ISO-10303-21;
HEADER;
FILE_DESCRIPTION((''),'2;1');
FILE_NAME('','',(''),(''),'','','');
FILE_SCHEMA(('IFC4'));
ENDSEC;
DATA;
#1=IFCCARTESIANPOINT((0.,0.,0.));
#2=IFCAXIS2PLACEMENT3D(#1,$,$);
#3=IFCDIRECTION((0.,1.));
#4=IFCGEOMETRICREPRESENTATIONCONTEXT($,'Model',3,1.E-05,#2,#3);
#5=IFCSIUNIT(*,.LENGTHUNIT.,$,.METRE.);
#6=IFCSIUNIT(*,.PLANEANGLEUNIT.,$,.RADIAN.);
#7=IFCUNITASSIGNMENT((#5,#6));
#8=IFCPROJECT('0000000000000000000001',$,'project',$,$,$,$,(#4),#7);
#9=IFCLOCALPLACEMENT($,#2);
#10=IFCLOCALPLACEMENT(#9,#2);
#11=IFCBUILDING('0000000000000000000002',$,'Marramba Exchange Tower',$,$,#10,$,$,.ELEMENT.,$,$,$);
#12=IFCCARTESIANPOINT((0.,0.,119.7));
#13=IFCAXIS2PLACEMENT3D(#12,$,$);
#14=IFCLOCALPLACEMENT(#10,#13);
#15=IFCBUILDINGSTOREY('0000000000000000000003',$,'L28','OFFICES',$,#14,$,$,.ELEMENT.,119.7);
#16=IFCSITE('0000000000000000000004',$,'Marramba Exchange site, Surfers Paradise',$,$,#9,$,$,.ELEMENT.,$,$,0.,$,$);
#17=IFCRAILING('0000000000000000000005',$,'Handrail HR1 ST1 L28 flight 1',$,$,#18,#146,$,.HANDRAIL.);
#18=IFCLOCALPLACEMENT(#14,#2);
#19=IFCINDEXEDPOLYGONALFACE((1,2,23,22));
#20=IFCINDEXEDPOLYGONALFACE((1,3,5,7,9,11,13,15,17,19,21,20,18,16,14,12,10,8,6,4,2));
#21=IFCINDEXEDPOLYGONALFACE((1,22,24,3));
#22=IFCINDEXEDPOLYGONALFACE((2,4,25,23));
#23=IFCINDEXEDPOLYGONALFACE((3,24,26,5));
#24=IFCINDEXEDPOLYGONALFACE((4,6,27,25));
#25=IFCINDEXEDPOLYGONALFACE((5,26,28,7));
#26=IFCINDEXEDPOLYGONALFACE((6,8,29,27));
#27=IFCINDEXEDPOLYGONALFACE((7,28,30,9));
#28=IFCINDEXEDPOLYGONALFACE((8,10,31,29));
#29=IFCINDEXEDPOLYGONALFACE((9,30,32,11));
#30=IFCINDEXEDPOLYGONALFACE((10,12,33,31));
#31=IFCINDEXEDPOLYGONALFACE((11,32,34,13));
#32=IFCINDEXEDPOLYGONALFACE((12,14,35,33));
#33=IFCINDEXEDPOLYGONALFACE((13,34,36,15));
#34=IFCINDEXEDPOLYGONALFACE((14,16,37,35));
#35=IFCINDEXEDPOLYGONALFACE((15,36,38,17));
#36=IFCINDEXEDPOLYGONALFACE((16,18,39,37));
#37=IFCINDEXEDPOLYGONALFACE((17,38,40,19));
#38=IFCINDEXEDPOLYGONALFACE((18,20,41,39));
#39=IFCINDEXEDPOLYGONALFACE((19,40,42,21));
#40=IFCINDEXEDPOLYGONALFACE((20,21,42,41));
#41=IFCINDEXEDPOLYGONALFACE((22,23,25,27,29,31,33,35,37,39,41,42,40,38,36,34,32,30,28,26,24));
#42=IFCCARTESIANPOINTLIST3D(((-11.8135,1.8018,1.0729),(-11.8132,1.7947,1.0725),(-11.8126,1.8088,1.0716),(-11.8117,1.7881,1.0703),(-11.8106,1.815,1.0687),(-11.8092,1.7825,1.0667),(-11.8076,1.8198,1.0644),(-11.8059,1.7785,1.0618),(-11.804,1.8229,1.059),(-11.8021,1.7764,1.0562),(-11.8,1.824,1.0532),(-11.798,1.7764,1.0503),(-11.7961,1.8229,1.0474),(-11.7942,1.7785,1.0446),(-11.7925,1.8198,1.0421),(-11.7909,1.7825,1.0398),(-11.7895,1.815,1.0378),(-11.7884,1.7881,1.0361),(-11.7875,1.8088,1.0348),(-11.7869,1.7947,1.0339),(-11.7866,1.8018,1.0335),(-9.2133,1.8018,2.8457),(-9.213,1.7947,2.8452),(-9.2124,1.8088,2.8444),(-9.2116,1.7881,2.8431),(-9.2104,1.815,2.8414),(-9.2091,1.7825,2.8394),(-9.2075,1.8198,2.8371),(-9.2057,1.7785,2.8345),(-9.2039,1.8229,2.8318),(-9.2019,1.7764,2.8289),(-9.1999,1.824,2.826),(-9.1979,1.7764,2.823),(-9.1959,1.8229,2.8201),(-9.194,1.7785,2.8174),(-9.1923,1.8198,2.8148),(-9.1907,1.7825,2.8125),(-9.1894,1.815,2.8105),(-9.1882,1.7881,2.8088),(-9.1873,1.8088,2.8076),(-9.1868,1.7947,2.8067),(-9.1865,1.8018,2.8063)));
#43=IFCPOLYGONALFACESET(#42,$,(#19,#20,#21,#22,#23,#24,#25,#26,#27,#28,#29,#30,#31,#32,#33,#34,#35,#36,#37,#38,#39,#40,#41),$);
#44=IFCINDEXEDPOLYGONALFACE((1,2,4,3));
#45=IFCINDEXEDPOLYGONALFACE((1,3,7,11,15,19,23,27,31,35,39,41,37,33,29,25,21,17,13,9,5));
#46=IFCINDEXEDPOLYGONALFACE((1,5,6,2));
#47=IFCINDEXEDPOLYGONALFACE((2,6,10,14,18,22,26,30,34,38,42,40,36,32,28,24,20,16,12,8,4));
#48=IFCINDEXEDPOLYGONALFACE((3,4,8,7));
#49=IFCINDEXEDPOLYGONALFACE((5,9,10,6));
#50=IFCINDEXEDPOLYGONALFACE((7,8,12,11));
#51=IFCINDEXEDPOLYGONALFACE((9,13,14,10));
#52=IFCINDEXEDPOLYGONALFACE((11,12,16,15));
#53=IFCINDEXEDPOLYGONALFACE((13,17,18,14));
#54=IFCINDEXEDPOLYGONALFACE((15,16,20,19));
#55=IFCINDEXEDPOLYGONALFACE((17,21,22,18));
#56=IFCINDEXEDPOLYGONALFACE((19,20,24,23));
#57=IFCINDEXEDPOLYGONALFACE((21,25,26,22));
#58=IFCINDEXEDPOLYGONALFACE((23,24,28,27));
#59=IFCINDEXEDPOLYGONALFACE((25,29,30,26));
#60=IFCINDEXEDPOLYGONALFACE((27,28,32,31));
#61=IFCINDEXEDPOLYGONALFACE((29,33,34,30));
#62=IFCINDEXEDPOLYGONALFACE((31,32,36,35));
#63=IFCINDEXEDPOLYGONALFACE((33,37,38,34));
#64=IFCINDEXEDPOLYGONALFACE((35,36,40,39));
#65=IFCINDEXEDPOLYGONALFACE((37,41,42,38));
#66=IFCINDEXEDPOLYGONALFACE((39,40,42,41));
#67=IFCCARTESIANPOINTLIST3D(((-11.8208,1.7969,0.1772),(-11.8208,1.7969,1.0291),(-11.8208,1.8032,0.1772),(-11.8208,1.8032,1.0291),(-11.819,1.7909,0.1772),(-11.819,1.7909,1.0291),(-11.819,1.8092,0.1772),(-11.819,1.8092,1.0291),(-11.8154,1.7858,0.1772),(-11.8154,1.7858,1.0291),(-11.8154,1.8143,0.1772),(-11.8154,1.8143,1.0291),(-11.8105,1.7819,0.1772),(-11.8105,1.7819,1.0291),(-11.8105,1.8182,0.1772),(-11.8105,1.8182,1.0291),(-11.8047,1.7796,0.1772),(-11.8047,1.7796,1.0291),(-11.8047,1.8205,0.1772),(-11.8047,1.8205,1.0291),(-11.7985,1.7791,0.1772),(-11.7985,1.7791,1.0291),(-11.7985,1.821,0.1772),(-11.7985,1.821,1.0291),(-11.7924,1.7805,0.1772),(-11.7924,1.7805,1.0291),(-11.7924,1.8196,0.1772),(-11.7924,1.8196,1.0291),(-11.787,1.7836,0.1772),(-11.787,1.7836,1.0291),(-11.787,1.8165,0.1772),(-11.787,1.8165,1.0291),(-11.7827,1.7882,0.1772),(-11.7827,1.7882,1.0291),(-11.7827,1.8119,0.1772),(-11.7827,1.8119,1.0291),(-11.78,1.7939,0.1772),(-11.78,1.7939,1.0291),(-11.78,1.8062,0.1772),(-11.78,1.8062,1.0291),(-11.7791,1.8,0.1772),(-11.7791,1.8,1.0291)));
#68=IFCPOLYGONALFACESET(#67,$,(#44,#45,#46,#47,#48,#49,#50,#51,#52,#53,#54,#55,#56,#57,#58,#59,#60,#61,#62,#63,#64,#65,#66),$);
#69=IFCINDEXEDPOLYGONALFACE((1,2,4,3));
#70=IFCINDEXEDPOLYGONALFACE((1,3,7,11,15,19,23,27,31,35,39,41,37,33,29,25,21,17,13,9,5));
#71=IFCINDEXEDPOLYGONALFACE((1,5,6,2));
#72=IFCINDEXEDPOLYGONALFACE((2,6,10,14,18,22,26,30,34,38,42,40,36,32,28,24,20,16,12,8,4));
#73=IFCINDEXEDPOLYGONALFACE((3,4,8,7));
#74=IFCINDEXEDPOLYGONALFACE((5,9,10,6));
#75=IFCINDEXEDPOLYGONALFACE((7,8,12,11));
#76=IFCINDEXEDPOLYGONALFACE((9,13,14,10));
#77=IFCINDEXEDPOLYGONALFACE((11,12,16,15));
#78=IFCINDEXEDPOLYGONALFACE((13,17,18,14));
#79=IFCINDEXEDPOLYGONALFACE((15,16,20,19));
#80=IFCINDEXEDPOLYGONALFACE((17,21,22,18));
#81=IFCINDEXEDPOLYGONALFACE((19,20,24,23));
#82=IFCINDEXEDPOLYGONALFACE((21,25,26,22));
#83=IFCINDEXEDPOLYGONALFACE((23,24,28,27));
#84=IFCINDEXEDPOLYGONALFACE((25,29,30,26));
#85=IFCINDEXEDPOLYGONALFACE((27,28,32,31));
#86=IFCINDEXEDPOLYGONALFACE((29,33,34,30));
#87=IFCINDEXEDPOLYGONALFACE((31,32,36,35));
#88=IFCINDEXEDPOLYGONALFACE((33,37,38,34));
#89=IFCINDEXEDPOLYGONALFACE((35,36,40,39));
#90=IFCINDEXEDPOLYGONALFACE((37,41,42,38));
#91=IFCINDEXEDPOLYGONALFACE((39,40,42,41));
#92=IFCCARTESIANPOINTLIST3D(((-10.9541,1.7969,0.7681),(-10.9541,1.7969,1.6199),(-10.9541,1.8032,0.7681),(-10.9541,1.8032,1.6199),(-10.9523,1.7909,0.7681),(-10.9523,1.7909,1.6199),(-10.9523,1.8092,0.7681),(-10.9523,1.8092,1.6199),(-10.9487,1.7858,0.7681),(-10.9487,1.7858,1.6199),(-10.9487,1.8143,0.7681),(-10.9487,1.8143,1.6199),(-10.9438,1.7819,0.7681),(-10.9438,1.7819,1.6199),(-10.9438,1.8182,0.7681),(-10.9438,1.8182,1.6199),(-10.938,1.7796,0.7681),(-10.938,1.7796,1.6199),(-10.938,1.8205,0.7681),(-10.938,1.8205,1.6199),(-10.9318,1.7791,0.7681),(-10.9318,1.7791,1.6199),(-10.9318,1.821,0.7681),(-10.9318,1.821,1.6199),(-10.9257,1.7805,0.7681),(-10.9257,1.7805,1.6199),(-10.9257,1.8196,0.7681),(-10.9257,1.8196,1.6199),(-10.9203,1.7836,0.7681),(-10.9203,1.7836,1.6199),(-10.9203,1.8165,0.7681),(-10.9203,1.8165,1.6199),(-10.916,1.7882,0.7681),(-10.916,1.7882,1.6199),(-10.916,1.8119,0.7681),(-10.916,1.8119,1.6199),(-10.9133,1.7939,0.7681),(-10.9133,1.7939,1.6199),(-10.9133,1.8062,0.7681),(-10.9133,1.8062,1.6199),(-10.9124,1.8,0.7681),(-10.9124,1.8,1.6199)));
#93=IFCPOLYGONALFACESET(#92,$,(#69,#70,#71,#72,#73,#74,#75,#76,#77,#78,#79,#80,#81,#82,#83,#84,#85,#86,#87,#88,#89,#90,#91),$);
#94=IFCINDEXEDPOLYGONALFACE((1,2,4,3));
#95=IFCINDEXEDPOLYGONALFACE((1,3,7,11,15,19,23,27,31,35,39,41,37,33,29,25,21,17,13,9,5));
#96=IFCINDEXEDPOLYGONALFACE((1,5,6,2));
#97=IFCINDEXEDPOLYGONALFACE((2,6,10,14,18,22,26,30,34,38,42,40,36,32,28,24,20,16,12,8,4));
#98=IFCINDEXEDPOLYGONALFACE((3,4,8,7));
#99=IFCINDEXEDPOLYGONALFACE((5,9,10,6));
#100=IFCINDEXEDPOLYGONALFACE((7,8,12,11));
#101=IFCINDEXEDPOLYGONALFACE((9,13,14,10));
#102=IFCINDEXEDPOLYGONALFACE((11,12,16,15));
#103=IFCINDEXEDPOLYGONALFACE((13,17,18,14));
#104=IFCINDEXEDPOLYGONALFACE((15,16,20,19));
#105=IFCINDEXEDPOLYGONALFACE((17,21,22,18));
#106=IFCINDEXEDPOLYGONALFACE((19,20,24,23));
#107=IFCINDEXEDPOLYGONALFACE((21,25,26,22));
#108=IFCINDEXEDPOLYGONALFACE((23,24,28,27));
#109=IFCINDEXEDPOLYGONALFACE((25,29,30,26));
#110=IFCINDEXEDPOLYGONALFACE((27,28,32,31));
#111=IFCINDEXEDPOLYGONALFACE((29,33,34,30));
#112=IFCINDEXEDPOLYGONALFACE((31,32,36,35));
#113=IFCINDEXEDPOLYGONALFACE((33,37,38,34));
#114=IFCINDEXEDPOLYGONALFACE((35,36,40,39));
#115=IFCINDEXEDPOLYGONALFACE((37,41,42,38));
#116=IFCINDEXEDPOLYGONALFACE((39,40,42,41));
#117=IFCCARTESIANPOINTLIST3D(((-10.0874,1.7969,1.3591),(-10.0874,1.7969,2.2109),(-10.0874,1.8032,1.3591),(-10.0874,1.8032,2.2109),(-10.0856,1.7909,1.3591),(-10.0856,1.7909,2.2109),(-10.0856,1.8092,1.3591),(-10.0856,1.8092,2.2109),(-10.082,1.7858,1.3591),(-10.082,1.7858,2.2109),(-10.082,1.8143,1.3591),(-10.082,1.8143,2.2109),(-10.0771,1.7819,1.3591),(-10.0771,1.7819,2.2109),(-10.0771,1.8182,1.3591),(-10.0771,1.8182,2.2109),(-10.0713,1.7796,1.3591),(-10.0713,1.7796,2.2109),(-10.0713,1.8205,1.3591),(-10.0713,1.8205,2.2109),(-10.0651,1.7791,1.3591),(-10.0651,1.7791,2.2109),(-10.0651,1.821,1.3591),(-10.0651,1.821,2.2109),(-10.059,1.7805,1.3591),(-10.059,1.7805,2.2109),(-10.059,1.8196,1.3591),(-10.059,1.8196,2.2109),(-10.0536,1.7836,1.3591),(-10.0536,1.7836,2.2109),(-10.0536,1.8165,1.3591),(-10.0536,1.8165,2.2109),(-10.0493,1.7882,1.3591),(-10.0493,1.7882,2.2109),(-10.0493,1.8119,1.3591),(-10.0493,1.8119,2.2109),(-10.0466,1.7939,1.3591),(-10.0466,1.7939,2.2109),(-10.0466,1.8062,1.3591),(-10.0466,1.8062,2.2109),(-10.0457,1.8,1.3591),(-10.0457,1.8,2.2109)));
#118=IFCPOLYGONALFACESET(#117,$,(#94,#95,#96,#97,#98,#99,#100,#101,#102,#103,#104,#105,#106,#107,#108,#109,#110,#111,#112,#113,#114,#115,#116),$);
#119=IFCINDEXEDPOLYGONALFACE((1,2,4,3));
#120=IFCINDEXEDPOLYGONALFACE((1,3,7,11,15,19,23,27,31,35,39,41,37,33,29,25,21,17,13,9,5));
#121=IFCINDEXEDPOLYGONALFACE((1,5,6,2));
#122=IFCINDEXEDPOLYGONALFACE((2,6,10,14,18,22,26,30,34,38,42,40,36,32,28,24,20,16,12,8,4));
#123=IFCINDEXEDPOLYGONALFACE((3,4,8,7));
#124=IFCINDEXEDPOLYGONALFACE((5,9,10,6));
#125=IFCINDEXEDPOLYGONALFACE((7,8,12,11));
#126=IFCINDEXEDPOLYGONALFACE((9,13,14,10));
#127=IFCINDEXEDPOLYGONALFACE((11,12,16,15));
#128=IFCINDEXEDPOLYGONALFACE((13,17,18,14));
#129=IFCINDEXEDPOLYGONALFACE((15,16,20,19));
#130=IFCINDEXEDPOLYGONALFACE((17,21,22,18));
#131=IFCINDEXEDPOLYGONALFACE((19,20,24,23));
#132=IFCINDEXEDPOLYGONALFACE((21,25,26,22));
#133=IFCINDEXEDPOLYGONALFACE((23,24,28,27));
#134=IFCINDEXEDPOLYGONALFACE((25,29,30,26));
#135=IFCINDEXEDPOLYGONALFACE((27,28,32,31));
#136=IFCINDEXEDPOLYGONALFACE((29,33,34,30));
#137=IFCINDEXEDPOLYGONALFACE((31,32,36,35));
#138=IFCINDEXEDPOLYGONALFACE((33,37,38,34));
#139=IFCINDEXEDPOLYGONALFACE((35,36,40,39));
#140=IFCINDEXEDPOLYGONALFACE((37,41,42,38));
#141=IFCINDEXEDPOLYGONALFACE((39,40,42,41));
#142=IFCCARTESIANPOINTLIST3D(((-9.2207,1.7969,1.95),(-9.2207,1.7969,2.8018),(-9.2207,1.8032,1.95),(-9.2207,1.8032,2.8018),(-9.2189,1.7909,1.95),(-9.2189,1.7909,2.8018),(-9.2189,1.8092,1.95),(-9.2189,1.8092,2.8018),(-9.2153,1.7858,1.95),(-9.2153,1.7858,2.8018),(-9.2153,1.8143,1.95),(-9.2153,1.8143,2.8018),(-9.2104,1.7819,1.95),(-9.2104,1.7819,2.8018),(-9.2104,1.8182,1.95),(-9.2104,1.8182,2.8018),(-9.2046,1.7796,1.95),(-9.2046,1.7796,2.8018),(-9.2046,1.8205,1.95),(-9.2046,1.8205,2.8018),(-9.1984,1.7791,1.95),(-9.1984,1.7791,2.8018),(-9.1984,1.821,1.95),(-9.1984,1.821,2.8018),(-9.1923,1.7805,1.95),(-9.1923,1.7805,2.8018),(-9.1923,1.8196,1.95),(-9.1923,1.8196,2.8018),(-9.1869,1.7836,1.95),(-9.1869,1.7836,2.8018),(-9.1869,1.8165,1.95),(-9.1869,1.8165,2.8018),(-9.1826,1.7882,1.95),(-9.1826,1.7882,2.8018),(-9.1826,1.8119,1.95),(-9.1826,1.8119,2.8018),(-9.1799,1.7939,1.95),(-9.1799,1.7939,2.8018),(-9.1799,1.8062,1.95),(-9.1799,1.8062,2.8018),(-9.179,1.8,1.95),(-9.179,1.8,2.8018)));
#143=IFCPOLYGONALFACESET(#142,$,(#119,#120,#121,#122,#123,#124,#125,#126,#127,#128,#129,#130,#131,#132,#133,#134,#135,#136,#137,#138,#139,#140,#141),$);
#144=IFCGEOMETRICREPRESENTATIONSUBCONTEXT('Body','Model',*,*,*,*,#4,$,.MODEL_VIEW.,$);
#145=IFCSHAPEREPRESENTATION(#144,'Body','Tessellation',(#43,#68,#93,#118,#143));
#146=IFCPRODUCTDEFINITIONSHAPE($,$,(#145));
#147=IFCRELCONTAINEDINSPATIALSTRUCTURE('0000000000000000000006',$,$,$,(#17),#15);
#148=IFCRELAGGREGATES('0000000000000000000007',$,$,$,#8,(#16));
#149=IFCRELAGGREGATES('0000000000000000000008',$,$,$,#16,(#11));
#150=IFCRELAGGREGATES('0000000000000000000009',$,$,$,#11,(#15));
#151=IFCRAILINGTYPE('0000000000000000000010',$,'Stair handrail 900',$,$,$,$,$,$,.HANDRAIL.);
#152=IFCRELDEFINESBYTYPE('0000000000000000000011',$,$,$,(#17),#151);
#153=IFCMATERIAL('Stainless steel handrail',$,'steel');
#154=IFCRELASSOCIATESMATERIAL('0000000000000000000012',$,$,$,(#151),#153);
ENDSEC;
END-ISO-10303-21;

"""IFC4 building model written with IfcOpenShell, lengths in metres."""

from ifc_helpers import new_model, si_unit, direction, frame, origin, origin_2d, place, context, subcontext, project, spatial, circle, extrude, material, type_object, element, save


model = new_model("IFC4")

# Units and contexts
model_context = context("Model", 3, precision=1e-05, world=origin(), true_north=direction((0.0, 1.0)))
body_context = subcontext(model_context, "Body", "Model", "MODEL_VIEW")
ifc_project = project(units=[si_unit("LENGTHUNIT", "METRE"), si_unit("PLANEANGLEUNIT", "RADIAN")], contexts=[model_context])

# Site, building, storey
site_placement = place(None, origin())
site = spatial("IfcSite", under=ifc_project, at=site_placement, Name="Marramba Exchange site, Surfers Paradise", CompositionType="ELEMENT", RefElevation=0.0)
building_placement = place(site_placement, origin())
building = spatial("IfcBuilding", under=site, at=building_placement, Name="Marramba Exchange Tower", CompositionType="ELEMENT")
storey_placement = place(building_placement, frame((0.0, 0.0, 119.7)))
storey = spatial("IfcBuildingStorey", under=building, at=storey_placement, Name="L28", Description="OFFICES", CompositionType="ELEMENT", Elevation=119.7)

# Railing
ifc_material_1 = material(Name="Stainless steel handrail", Category="steel")
railing_type = type_object("IfcRailingType", Name="Stair handrail 900", PredefinedType="HANDRAIL", material=ifc_material_1)
railing_placement = place(storey_placement, frame((-11.8, 1.8, 0.1772)))
element("IfcRailing", 1, at=railing_placement, inside=storey, type_object=railing_type, Name="Handrail HR1 ST1 L28 flight 1", PredefinedType="HANDRAIL", context=body_context, shape_type="SweptSolid", body=[
    extrude(circle(Radius=0.0239, at=origin_2d()), frame((0.0, 0.0, 0.876), z_axis=(0.82624, 0.0, 0.563318), x_axis=(0.0, 1.0, 0.0)), (0.0, 0.0, 1.0), 3.147),
    extrude(circle(Radius=0.021, at=origin_2d()), origin(), (0.0, 0.0, 1.0), 0.8518),
    extrude(circle(Radius=0.021, at=origin_2d()), frame((0.8667, 0.0, 0.5908)), (0.0, 0.0, 1.0), 0.8518),
    extrude(circle(Radius=0.021, at=origin_2d()), frame((1.7334, 0.0, 1.1819)), (0.0, 0.0, 1.0), 0.8518),
    extrude(circle(Radius=0.021, at=origin_2d()), frame((2.6001, 0.0, 1.7727)), (0.0, 0.0, 1.0), 0.8518),
])

save(model, "model.ifc")
